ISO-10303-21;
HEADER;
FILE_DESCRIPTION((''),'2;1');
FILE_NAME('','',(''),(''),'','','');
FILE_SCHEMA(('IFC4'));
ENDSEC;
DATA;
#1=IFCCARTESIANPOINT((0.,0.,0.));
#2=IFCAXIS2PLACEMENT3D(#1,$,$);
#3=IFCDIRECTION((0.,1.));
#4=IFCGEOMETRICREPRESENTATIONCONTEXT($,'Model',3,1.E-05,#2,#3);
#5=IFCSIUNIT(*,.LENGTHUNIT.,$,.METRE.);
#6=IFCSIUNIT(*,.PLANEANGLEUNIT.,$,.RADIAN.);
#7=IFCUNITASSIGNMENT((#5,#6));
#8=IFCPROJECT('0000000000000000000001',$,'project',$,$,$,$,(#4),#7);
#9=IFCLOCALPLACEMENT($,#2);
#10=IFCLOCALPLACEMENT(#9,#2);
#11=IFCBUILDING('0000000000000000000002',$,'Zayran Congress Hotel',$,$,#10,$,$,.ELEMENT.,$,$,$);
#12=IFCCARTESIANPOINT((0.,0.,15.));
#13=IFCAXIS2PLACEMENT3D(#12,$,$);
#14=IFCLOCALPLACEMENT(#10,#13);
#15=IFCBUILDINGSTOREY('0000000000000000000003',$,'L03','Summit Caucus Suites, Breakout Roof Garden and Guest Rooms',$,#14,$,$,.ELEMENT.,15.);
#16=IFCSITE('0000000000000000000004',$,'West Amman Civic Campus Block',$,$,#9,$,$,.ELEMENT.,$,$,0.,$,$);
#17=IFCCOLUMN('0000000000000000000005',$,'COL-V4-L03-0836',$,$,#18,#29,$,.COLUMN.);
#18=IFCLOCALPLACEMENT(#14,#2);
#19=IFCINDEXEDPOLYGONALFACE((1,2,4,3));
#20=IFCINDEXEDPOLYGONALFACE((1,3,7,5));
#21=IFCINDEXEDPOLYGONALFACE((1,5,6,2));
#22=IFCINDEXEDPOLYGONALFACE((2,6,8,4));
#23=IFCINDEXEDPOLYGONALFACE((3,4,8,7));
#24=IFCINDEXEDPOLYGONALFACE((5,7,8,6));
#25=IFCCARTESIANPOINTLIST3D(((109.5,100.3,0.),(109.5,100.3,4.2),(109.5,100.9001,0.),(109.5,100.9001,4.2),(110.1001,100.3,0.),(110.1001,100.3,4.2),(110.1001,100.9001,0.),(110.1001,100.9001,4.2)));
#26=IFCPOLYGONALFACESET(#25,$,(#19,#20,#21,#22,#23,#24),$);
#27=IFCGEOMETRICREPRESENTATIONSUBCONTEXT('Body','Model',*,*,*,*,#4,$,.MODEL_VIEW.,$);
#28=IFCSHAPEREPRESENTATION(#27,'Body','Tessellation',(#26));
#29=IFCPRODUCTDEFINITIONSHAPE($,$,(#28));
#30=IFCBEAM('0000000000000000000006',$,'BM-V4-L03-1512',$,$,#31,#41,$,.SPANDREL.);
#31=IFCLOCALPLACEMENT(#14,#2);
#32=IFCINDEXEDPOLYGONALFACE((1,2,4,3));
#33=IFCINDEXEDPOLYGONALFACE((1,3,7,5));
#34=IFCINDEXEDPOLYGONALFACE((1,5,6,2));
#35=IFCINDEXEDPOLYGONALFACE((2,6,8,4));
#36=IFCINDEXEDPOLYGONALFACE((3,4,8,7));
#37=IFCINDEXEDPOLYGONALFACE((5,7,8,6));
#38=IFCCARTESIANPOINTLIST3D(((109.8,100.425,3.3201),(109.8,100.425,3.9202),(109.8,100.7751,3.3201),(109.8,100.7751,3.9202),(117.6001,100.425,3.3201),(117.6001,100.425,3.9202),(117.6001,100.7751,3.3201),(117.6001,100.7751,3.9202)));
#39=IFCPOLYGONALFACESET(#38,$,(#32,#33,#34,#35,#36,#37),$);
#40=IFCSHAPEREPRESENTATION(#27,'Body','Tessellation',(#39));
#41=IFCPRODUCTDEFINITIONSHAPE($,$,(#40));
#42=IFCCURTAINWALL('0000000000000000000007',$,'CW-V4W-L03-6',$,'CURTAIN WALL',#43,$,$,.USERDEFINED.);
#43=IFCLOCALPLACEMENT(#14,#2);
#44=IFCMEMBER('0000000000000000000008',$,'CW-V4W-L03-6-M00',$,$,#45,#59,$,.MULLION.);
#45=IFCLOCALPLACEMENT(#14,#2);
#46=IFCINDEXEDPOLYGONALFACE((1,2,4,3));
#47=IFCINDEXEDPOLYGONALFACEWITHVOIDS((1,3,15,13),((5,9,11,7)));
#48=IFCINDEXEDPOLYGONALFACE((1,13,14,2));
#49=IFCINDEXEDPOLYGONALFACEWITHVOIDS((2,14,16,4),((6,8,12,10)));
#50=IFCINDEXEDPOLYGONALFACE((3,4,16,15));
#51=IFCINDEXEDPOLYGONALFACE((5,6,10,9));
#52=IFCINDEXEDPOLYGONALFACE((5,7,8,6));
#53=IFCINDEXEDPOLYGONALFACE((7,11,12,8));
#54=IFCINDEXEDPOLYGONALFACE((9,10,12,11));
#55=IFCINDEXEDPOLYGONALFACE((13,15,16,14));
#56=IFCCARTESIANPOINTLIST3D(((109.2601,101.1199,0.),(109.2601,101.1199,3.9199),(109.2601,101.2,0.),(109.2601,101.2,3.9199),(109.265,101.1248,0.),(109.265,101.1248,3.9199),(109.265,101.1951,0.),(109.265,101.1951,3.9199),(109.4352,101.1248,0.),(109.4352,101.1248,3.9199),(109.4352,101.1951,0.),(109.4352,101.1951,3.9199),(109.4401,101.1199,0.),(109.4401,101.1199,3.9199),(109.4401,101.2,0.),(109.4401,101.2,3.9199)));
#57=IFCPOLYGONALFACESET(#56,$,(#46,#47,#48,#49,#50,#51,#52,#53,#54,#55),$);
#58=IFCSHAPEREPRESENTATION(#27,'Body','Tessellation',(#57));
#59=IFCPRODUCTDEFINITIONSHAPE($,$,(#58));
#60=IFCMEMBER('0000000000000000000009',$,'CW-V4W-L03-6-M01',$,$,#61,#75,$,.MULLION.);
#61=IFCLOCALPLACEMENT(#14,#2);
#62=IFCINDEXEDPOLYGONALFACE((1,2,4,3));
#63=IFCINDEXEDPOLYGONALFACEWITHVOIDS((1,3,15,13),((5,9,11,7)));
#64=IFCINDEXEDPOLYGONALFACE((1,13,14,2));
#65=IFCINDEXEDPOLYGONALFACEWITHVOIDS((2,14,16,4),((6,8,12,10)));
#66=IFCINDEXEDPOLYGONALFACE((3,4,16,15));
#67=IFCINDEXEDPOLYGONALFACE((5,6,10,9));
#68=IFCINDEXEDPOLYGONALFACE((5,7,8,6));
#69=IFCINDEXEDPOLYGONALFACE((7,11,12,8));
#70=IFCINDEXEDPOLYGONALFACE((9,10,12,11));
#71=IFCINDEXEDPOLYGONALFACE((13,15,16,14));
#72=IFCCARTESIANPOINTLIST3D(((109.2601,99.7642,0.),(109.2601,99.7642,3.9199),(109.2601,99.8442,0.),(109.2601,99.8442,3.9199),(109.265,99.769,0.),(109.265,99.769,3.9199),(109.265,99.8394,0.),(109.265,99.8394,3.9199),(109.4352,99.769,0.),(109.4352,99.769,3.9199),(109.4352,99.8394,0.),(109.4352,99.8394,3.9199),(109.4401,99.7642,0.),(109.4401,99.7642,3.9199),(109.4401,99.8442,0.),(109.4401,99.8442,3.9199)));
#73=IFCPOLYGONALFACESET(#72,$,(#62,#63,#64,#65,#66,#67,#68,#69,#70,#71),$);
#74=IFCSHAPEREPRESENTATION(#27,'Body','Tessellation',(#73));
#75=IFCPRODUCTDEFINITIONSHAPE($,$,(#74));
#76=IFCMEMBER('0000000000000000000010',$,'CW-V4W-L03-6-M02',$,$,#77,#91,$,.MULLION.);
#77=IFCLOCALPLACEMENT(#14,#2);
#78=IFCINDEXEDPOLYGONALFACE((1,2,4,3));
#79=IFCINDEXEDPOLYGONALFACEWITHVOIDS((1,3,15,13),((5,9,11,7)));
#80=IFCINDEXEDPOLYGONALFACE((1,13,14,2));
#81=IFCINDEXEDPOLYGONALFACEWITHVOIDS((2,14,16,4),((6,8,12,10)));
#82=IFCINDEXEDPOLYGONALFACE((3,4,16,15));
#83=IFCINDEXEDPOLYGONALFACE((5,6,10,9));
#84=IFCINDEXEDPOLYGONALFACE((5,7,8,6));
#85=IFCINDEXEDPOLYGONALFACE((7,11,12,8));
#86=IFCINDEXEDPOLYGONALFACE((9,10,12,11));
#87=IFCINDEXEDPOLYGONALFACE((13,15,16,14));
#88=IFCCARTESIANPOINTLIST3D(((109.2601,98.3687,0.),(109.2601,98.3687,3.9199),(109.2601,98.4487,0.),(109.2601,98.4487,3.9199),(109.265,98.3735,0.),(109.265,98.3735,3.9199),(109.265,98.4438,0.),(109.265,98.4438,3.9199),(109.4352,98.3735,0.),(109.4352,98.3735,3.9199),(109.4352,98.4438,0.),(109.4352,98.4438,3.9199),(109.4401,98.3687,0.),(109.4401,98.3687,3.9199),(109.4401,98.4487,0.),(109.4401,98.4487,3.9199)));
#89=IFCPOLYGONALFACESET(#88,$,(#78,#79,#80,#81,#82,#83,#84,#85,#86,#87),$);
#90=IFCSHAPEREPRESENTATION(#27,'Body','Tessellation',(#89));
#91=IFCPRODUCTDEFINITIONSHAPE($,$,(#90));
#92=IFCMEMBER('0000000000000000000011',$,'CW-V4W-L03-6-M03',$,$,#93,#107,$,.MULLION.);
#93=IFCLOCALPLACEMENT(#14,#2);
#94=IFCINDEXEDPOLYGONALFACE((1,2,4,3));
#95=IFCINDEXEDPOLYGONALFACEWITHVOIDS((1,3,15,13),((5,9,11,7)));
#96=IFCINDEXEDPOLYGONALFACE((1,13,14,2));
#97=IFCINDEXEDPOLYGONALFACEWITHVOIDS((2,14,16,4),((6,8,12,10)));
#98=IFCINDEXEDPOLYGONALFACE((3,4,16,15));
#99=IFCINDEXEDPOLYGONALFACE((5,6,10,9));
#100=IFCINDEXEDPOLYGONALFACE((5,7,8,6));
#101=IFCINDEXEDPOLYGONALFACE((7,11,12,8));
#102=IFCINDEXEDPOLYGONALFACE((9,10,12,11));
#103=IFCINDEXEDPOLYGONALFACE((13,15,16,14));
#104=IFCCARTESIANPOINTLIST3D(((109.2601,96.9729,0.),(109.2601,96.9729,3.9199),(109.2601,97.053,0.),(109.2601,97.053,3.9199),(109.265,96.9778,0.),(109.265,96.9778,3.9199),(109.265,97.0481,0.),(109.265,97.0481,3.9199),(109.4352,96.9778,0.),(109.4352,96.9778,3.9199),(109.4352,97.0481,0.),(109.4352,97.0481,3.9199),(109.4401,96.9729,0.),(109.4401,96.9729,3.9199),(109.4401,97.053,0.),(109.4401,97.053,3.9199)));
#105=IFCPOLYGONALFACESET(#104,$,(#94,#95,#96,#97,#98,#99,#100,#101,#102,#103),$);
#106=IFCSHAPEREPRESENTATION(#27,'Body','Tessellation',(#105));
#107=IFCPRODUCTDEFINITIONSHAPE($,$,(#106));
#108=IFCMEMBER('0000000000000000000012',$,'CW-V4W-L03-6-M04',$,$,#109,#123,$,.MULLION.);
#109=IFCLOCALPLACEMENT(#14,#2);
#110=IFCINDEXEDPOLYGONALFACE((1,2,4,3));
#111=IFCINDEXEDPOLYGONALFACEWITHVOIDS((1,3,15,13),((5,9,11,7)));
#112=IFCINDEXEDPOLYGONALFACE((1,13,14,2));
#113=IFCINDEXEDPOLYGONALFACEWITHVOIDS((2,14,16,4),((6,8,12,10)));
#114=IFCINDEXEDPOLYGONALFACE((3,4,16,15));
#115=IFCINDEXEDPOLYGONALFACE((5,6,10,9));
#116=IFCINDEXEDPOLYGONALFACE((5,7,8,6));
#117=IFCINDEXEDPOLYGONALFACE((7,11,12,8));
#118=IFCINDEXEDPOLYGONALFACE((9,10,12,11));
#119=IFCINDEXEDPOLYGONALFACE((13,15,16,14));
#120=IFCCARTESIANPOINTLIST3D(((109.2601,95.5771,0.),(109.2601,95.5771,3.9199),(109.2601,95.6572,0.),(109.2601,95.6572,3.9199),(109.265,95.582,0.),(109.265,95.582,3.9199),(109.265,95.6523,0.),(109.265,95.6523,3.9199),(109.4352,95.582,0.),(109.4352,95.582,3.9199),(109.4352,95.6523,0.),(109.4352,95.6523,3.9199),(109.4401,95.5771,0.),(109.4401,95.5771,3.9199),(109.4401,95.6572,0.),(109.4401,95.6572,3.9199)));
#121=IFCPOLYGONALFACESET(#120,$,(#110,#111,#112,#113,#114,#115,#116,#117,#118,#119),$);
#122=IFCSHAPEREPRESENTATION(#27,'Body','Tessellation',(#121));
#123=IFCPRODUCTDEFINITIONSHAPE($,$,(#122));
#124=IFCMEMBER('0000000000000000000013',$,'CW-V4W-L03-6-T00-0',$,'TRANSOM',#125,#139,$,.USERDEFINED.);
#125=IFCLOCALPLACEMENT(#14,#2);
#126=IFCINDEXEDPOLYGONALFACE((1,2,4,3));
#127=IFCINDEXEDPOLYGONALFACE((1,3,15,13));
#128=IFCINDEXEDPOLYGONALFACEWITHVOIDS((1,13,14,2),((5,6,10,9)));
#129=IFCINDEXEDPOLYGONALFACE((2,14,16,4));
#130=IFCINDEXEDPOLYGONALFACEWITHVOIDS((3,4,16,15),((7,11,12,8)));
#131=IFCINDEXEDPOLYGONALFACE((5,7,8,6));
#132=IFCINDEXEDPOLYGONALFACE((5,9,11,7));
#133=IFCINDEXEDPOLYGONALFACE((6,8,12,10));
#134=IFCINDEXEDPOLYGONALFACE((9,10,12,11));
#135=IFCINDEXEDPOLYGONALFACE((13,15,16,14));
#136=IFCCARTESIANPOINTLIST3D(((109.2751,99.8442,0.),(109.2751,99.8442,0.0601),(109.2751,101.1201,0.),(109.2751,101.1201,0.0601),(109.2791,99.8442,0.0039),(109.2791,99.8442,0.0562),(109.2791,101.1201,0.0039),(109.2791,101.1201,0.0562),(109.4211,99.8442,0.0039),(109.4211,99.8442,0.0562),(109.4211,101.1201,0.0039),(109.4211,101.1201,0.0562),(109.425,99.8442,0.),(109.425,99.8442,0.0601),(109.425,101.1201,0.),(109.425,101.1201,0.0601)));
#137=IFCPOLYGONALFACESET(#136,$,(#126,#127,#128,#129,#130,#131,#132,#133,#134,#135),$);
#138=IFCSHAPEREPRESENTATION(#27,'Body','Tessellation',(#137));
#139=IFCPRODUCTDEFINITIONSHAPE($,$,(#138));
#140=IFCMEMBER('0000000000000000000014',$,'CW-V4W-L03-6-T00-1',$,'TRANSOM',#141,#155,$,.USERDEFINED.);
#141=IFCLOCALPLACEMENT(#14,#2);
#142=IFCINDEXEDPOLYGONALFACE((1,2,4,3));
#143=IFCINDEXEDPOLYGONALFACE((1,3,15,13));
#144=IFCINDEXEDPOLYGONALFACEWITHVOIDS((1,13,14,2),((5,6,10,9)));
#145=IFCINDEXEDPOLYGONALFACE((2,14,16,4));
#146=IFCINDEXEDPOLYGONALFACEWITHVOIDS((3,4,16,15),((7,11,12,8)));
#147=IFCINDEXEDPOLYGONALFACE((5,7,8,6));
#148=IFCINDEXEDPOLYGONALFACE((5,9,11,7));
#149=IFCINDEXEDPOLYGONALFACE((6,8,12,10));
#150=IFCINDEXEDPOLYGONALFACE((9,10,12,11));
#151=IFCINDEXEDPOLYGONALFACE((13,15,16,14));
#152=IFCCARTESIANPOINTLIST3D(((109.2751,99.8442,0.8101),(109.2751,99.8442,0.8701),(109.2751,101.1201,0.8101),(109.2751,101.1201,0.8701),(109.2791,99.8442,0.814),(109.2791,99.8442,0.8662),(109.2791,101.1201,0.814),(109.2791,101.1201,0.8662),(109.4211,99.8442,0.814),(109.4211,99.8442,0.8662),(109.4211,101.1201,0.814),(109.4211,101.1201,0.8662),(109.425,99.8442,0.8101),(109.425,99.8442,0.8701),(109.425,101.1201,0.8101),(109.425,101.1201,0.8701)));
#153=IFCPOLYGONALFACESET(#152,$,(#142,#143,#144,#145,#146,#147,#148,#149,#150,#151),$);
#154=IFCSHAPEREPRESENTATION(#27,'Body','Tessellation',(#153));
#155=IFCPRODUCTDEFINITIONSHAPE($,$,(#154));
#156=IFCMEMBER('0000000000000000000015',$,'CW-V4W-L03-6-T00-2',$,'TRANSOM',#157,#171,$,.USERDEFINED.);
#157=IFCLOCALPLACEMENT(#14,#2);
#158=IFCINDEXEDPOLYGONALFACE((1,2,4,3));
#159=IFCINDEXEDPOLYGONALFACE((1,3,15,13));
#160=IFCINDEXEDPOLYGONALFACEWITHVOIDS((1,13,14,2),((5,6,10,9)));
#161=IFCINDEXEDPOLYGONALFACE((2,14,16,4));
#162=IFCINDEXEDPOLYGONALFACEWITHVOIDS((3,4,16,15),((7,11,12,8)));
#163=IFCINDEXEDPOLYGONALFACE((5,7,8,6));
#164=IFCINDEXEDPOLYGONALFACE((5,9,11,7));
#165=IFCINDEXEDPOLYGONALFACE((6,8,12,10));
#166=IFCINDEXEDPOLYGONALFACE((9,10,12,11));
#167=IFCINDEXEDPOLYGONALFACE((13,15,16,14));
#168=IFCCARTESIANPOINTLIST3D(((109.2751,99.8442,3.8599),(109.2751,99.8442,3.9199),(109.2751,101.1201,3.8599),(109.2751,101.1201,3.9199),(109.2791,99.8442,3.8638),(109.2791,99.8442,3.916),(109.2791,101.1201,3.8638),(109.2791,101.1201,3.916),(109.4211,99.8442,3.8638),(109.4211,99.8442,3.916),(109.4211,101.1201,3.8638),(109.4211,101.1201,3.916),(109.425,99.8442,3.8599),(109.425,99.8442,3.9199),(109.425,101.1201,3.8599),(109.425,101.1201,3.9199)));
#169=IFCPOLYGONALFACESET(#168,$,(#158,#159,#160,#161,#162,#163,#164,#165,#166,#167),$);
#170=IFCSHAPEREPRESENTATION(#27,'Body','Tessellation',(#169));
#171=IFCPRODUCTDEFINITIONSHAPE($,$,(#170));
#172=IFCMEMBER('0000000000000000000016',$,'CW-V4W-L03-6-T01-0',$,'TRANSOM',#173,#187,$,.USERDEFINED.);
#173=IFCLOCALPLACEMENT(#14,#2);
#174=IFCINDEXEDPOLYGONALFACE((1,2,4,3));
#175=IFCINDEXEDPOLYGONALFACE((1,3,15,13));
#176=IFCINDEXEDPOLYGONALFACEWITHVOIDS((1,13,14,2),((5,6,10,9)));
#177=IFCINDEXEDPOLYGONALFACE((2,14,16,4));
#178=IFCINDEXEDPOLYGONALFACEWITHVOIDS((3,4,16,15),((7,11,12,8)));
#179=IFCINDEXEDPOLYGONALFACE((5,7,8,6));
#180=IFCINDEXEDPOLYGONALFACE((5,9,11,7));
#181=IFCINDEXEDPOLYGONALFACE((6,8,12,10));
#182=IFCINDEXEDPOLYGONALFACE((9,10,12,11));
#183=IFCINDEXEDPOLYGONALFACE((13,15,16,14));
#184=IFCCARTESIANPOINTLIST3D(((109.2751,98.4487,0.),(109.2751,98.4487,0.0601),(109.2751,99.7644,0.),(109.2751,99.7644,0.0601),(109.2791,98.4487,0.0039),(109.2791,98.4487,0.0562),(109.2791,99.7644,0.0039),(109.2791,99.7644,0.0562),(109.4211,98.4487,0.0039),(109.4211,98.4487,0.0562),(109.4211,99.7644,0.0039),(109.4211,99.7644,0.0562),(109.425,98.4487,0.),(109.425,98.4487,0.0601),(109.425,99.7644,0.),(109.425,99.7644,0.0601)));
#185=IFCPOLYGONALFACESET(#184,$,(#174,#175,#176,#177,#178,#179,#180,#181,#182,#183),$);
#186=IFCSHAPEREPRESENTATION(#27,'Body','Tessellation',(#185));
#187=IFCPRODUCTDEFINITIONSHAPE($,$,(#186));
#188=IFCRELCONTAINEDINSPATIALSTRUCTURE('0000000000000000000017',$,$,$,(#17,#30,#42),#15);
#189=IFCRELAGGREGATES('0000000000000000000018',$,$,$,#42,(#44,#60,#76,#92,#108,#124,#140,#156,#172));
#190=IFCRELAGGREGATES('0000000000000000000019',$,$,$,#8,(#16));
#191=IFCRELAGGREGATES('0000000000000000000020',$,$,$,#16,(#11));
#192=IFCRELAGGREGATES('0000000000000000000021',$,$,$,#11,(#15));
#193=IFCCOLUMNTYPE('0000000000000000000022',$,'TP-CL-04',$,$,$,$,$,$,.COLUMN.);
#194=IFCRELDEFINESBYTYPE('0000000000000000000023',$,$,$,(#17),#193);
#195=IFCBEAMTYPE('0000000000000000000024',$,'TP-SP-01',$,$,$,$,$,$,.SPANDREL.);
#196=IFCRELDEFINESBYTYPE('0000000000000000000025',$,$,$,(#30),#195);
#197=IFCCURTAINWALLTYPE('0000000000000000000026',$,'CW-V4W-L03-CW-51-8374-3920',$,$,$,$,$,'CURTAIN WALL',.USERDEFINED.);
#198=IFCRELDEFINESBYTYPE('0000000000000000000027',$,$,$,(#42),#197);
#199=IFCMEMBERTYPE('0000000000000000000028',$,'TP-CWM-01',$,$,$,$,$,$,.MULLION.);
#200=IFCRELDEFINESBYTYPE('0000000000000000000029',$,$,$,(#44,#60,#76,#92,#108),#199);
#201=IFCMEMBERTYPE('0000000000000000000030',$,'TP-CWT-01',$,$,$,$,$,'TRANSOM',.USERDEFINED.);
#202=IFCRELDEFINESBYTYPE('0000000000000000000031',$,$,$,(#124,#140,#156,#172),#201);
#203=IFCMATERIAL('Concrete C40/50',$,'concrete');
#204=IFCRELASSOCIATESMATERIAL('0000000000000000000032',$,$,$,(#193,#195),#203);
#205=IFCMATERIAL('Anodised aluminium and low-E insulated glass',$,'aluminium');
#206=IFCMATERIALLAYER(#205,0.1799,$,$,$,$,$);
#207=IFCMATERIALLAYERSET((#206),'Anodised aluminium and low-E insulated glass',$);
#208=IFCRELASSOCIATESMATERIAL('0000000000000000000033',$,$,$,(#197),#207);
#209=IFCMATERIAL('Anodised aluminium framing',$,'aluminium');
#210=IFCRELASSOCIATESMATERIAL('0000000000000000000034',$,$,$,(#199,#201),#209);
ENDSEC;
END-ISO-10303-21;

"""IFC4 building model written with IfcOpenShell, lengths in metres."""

from ifc_helpers import new_model, si_unit, direction, frame, origin, origin_2d, place, context, subcontext, project, spatial, rectangle, hollow_rectangle, extrude, material, layer, layer_set, material_profile, profile_set, type_object, element, aggregate, save


model = new_model("IFC4")

# Units and contexts
model_context = context("Model", 3, precision=1e-05, world=origin(), true_north=direction((0.0, 1.0)))
body_context = subcontext(model_context, "Body", "Model", "MODEL_VIEW")
ifc_project = project(units=[si_unit("LENGTHUNIT", "METRE"), si_unit("PLANEANGLEUNIT", "RADIAN")], contexts=[model_context])

# Site, building, storey
site_placement = place(None, origin())
site = spatial("IfcSite", under=ifc_project, at=site_placement, Name="West Amman Civic Campus Block", CompositionType="ELEMENT", RefElevation=0.0)
building_placement = place(site_placement, origin())
building = spatial("IfcBuilding", under=site, at=building_placement, Name="Zayran Congress Hotel", CompositionType="ELEMENT")
storey_placement = place(building_placement, frame((0.0, 0.0, 15.0)))
storey = spatial("IfcBuildingStorey", under=building, at=storey_placement, Name="L03", Description="Summit Caucus Suites, Breakout Roof Garden and Guest Rooms", CompositionType="ELEMENT", Elevation=15.0)

# Column
ifc_material_1 = material(Name="Concrete C40/50", Category="concrete")
ifc_material_profile_1 = material_profile(ifc_material_1, rectangle(XDim=0.6001, YDim=0.6001, at=origin_2d()), Name="RC 600x600")
ifc_profile_set_1 = profile_set([ifc_material_profile_1], Name="Concrete C40/50")
column_type = type_object("IfcColumnType", Name="TP-CL-04", PredefinedType="COLUMN", material=ifc_profile_set_1)
column_placement = place(storey_placement, frame((109.8, 100.6001, 0.0), z_axis=(0.0, 0.0, 1.0), x_axis=(1.0, 0.0, 0.0)))
element("IfcColumn", 1, at=column_placement, inside=storey, type_object=column_type, Name="COL-V4-L03-0836", PredefinedType="COLUMN", context=body_context, shape_type="SweptSolid", body=[
    extrude(rectangle(XDim=0.6001, YDim=0.6001, at=origin_2d()), origin(), (0.0, 0.0, 1.0), 4.2),
])

# Beam
ifc_material_profile_2 = material_profile(ifc_material_1, rectangle(XDim=0.3501, YDim=0.6001, at=origin_2d()), Name="RC 350x600")
ifc_profile_set_2 = profile_set([ifc_material_profile_2], Name="Concrete C40/50")
beam_type = type_object("IfcBeamType", Name="TP-SP-01", PredefinedType="SPANDREL", material=ifc_profile_set_2)
beam_placement = place(storey_placement, frame((109.8, 100.6001, 3.6201), z_axis=(1.0, 0.0, 0.0), x_axis=(0.0, 1.0, 0.0)))
element("IfcBeam", 2, at=beam_placement, inside=storey, type_object=beam_type, Name="BM-V4-L03-1512", PredefinedType="SPANDREL", context=body_context, shape_type="SweptSolid", body=[
    extrude(rectangle(XDim=0.3501, YDim=0.6001, at=origin_2d()), origin(), (0.0, 0.0, 1.0), 7.8),
])

# Curtain wall, members
ifc_material_2 = material(Name="Anodised aluminium and low-E insulated glass", Category="aluminium")
ifc_layer_1 = layer(ifc_material_2, 0.1799)
ifc_layer_set_1 = layer_set([ifc_layer_1], Name="Anodised aluminium and low-E insulated glass")
curtain_wall_type = type_object("IfcCurtainWallType", Name="CW-V4W-L03-CW-51-8374-3920", ElementType="CURTAIN WALL", PredefinedType="USERDEFINED", material=ifc_layer_set_1)
curtain_wall_placement = place(storey_placement, origin())
curtain_wall = element("IfcCurtainWall", 3, at=curtain_wall_placement, inside=storey, type_object=curtain_wall_type, Name="CW-V4W-L03-6", ObjectType="CURTAIN WALL", PredefinedType="USERDEFINED")
ifc_material_3 = material(Name="Anodised aluminium framing", Category="aluminium")
ifc_material_profile_3 = material_profile(ifc_material_3, hollow_rectangle(XDim=0.0801, YDim=0.1799, WallThickness=0.0049, at=origin_2d()), Name="RHS 180x80x5")
ifc_profile_set_3 = profile_set([ifc_material_profile_3], Name="Anodised aluminium framing")
member_type_1 = type_object("IfcMemberType", Name="TP-CWM-01", PredefinedType="MULLION", material=ifc_profile_set_3)
member_1_placement = place(storey_placement, frame((109.3501, 101.1599, 0.0), z_axis=(0.0, 0.0, 1.0), x_axis=(0.0, 1.0, 0.0)))
member_1 = element("IfcMember", 4, at=member_1_placement, type_object=member_type_1, Name="CW-V4W-L03-6-M00", PredefinedType="MULLION", context=body_context, shape_type="SweptSolid", body=[
    extrude(hollow_rectangle(XDim=0.0801, YDim=0.1799, WallThickness=0.0049, at=origin_2d()), origin(), (0.0, 0.0, 1.0), 3.9199),
])
member_2_placement = place(storey_placement, frame((109.3501, 99.8042, 0.0), z_axis=(0.0, 0.0, 1.0), x_axis=(0.0, 1.0, 0.0)))
member_2 = element("IfcMember", 5, at=member_2_placement, type_object=member_type_1, Name="CW-V4W-L03-6-M01", PredefinedType="MULLION", context=body_context, shape_type="SweptSolid", body=[
    extrude(hollow_rectangle(XDim=0.0801, YDim=0.1799, WallThickness=0.0049, at=origin_2d()), origin(), (0.0, 0.0, 1.0), 3.9199),
])
member_3_placement = place(storey_placement, frame((109.3501, 98.4087, 0.0), z_axis=(0.0, 0.0, 1.0), x_axis=(0.0, 1.0, 0.0)))
member_3 = element("IfcMember", 6, at=member_3_placement, type_object=member_type_1, Name="CW-V4W-L03-6-M02", PredefinedType="MULLION", context=body_context, shape_type="SweptSolid", body=[
    extrude(hollow_rectangle(XDim=0.0801, YDim=0.1799, WallThickness=0.0049, at=origin_2d()), origin(), (0.0, 0.0, 1.0), 3.9199),
])
member_4_placement = place(storey_placement, frame((109.3501, 97.0129, 0.0), z_axis=(0.0, 0.0, 1.0), x_axis=(0.0, 1.0, 0.0)))
member_4 = element("IfcMember", 7, at=member_4_placement, type_object=member_type_1, Name="CW-V4W-L03-6-M03", PredefinedType="MULLION", context=body_context, shape_type="SweptSolid", body=[
    extrude(hollow_rectangle(XDim=0.0801, YDim=0.1799, WallThickness=0.0049, at=origin_2d()), origin(), (0.0, 0.0, 1.0), 3.9199),
])
member_5_placement = place(storey_placement, frame((109.3501, 95.6172, 0.0), z_axis=(0.0, 0.0, 1.0), x_axis=(0.0, 1.0, 0.0)))
member_5 = element("IfcMember", 8, at=member_5_placement, type_object=member_type_1, Name="CW-V4W-L03-6-M04", PredefinedType="MULLION", context=body_context, shape_type="SweptSolid", body=[
    extrude(hollow_rectangle(XDim=0.0801, YDim=0.1799, WallThickness=0.0049, at=origin_2d()), origin(), (0.0, 0.0, 1.0), 3.9199),
])
ifc_material_profile_4 = material_profile(ifc_material_3, hollow_rectangle(XDim=0.0601, YDim=0.1499, WallThickness=0.0039, at=origin_2d()), Name="RHS 150x60x4")
ifc_profile_set_4 = profile_set([ifc_material_profile_4], Name="Anodised aluminium framing")
member_type_2 = type_object("IfcMemberType", Name="TP-CWT-01", ElementType="TRANSOM", PredefinedType="USERDEFINED", material=ifc_profile_set_4)
member_6_placement = place(storey_placement, frame((109.3501, 101.1201, 0.03), z_axis=(0.0, -1.0, 0.0), x_axis=(0.0, 0.0, 1.0)))
member_6 = element("IfcMember", 9, at=member_6_placement, type_object=member_type_2, Name="CW-V4W-L03-6-T00-0", ObjectType="TRANSOM", PredefinedType="USERDEFINED", context=body_context, shape_type="SweptSolid", body=[
    extrude(hollow_rectangle(XDim=0.0601, YDim=0.1499, WallThickness=0.0039, at=origin_2d()), origin(), (0.0, 0.0, 1.0), 1.2759),
])
member_7_placement = place(storey_placement, frame((109.3501, 101.1201, 0.8401), z_axis=(0.0, -1.0, 0.0), x_axis=(0.0, 0.0, 1.0)))
member_7 = element("IfcMember", 10, at=member_7_placement, type_object=member_type_2, Name="CW-V4W-L03-6-T00-1", ObjectType="TRANSOM", PredefinedType="USERDEFINED", context=body_context, shape_type="SweptSolid", body=[
    extrude(hollow_rectangle(XDim=0.0601, YDim=0.1499, WallThickness=0.0039, at=origin_2d()), origin(), (0.0, 0.0, 1.0), 1.2759),
])
member_8_placement = place(storey_placement, frame((109.3501, 101.1201, 3.8899), z_axis=(0.0, -1.0, 0.0), x_axis=(0.0, 0.0, 1.0)))
member_8 = element("IfcMember", 11, at=member_8_placement, type_object=member_type_2, Name="CW-V4W-L03-6-T00-2", ObjectType="TRANSOM", PredefinedType="USERDEFINED", context=body_context, shape_type="SweptSolid", body=[
    extrude(hollow_rectangle(XDim=0.0601, YDim=0.1499, WallThickness=0.0039, at=origin_2d()), origin(), (0.0, 0.0, 1.0), 1.2759),
])
member_9_placement = place(storey_placement, frame((109.3501, 99.7644, 0.03), z_axis=(0.0, -1.0, 0.0), x_axis=(0.0, 0.0, 1.0)))
member_9 = element("IfcMember", 12, at=member_9_placement, type_object=member_type_2, Name="CW-V4W-L03-6-T01-0", ObjectType="TRANSOM", PredefinedType="USERDEFINED", context=body_context, shape_type="SweptSolid", body=[
    extrude(hollow_rectangle(XDim=0.0601, YDim=0.1499, WallThickness=0.0039, at=origin_2d()), origin(), (0.0, 0.0, 1.0), 1.3157),
])
aggregate(curtain_wall, [member_1, member_2, member_3, member_4, member_5, member_6, member_7, member_8, member_9])

save(model, "model.ifc")
